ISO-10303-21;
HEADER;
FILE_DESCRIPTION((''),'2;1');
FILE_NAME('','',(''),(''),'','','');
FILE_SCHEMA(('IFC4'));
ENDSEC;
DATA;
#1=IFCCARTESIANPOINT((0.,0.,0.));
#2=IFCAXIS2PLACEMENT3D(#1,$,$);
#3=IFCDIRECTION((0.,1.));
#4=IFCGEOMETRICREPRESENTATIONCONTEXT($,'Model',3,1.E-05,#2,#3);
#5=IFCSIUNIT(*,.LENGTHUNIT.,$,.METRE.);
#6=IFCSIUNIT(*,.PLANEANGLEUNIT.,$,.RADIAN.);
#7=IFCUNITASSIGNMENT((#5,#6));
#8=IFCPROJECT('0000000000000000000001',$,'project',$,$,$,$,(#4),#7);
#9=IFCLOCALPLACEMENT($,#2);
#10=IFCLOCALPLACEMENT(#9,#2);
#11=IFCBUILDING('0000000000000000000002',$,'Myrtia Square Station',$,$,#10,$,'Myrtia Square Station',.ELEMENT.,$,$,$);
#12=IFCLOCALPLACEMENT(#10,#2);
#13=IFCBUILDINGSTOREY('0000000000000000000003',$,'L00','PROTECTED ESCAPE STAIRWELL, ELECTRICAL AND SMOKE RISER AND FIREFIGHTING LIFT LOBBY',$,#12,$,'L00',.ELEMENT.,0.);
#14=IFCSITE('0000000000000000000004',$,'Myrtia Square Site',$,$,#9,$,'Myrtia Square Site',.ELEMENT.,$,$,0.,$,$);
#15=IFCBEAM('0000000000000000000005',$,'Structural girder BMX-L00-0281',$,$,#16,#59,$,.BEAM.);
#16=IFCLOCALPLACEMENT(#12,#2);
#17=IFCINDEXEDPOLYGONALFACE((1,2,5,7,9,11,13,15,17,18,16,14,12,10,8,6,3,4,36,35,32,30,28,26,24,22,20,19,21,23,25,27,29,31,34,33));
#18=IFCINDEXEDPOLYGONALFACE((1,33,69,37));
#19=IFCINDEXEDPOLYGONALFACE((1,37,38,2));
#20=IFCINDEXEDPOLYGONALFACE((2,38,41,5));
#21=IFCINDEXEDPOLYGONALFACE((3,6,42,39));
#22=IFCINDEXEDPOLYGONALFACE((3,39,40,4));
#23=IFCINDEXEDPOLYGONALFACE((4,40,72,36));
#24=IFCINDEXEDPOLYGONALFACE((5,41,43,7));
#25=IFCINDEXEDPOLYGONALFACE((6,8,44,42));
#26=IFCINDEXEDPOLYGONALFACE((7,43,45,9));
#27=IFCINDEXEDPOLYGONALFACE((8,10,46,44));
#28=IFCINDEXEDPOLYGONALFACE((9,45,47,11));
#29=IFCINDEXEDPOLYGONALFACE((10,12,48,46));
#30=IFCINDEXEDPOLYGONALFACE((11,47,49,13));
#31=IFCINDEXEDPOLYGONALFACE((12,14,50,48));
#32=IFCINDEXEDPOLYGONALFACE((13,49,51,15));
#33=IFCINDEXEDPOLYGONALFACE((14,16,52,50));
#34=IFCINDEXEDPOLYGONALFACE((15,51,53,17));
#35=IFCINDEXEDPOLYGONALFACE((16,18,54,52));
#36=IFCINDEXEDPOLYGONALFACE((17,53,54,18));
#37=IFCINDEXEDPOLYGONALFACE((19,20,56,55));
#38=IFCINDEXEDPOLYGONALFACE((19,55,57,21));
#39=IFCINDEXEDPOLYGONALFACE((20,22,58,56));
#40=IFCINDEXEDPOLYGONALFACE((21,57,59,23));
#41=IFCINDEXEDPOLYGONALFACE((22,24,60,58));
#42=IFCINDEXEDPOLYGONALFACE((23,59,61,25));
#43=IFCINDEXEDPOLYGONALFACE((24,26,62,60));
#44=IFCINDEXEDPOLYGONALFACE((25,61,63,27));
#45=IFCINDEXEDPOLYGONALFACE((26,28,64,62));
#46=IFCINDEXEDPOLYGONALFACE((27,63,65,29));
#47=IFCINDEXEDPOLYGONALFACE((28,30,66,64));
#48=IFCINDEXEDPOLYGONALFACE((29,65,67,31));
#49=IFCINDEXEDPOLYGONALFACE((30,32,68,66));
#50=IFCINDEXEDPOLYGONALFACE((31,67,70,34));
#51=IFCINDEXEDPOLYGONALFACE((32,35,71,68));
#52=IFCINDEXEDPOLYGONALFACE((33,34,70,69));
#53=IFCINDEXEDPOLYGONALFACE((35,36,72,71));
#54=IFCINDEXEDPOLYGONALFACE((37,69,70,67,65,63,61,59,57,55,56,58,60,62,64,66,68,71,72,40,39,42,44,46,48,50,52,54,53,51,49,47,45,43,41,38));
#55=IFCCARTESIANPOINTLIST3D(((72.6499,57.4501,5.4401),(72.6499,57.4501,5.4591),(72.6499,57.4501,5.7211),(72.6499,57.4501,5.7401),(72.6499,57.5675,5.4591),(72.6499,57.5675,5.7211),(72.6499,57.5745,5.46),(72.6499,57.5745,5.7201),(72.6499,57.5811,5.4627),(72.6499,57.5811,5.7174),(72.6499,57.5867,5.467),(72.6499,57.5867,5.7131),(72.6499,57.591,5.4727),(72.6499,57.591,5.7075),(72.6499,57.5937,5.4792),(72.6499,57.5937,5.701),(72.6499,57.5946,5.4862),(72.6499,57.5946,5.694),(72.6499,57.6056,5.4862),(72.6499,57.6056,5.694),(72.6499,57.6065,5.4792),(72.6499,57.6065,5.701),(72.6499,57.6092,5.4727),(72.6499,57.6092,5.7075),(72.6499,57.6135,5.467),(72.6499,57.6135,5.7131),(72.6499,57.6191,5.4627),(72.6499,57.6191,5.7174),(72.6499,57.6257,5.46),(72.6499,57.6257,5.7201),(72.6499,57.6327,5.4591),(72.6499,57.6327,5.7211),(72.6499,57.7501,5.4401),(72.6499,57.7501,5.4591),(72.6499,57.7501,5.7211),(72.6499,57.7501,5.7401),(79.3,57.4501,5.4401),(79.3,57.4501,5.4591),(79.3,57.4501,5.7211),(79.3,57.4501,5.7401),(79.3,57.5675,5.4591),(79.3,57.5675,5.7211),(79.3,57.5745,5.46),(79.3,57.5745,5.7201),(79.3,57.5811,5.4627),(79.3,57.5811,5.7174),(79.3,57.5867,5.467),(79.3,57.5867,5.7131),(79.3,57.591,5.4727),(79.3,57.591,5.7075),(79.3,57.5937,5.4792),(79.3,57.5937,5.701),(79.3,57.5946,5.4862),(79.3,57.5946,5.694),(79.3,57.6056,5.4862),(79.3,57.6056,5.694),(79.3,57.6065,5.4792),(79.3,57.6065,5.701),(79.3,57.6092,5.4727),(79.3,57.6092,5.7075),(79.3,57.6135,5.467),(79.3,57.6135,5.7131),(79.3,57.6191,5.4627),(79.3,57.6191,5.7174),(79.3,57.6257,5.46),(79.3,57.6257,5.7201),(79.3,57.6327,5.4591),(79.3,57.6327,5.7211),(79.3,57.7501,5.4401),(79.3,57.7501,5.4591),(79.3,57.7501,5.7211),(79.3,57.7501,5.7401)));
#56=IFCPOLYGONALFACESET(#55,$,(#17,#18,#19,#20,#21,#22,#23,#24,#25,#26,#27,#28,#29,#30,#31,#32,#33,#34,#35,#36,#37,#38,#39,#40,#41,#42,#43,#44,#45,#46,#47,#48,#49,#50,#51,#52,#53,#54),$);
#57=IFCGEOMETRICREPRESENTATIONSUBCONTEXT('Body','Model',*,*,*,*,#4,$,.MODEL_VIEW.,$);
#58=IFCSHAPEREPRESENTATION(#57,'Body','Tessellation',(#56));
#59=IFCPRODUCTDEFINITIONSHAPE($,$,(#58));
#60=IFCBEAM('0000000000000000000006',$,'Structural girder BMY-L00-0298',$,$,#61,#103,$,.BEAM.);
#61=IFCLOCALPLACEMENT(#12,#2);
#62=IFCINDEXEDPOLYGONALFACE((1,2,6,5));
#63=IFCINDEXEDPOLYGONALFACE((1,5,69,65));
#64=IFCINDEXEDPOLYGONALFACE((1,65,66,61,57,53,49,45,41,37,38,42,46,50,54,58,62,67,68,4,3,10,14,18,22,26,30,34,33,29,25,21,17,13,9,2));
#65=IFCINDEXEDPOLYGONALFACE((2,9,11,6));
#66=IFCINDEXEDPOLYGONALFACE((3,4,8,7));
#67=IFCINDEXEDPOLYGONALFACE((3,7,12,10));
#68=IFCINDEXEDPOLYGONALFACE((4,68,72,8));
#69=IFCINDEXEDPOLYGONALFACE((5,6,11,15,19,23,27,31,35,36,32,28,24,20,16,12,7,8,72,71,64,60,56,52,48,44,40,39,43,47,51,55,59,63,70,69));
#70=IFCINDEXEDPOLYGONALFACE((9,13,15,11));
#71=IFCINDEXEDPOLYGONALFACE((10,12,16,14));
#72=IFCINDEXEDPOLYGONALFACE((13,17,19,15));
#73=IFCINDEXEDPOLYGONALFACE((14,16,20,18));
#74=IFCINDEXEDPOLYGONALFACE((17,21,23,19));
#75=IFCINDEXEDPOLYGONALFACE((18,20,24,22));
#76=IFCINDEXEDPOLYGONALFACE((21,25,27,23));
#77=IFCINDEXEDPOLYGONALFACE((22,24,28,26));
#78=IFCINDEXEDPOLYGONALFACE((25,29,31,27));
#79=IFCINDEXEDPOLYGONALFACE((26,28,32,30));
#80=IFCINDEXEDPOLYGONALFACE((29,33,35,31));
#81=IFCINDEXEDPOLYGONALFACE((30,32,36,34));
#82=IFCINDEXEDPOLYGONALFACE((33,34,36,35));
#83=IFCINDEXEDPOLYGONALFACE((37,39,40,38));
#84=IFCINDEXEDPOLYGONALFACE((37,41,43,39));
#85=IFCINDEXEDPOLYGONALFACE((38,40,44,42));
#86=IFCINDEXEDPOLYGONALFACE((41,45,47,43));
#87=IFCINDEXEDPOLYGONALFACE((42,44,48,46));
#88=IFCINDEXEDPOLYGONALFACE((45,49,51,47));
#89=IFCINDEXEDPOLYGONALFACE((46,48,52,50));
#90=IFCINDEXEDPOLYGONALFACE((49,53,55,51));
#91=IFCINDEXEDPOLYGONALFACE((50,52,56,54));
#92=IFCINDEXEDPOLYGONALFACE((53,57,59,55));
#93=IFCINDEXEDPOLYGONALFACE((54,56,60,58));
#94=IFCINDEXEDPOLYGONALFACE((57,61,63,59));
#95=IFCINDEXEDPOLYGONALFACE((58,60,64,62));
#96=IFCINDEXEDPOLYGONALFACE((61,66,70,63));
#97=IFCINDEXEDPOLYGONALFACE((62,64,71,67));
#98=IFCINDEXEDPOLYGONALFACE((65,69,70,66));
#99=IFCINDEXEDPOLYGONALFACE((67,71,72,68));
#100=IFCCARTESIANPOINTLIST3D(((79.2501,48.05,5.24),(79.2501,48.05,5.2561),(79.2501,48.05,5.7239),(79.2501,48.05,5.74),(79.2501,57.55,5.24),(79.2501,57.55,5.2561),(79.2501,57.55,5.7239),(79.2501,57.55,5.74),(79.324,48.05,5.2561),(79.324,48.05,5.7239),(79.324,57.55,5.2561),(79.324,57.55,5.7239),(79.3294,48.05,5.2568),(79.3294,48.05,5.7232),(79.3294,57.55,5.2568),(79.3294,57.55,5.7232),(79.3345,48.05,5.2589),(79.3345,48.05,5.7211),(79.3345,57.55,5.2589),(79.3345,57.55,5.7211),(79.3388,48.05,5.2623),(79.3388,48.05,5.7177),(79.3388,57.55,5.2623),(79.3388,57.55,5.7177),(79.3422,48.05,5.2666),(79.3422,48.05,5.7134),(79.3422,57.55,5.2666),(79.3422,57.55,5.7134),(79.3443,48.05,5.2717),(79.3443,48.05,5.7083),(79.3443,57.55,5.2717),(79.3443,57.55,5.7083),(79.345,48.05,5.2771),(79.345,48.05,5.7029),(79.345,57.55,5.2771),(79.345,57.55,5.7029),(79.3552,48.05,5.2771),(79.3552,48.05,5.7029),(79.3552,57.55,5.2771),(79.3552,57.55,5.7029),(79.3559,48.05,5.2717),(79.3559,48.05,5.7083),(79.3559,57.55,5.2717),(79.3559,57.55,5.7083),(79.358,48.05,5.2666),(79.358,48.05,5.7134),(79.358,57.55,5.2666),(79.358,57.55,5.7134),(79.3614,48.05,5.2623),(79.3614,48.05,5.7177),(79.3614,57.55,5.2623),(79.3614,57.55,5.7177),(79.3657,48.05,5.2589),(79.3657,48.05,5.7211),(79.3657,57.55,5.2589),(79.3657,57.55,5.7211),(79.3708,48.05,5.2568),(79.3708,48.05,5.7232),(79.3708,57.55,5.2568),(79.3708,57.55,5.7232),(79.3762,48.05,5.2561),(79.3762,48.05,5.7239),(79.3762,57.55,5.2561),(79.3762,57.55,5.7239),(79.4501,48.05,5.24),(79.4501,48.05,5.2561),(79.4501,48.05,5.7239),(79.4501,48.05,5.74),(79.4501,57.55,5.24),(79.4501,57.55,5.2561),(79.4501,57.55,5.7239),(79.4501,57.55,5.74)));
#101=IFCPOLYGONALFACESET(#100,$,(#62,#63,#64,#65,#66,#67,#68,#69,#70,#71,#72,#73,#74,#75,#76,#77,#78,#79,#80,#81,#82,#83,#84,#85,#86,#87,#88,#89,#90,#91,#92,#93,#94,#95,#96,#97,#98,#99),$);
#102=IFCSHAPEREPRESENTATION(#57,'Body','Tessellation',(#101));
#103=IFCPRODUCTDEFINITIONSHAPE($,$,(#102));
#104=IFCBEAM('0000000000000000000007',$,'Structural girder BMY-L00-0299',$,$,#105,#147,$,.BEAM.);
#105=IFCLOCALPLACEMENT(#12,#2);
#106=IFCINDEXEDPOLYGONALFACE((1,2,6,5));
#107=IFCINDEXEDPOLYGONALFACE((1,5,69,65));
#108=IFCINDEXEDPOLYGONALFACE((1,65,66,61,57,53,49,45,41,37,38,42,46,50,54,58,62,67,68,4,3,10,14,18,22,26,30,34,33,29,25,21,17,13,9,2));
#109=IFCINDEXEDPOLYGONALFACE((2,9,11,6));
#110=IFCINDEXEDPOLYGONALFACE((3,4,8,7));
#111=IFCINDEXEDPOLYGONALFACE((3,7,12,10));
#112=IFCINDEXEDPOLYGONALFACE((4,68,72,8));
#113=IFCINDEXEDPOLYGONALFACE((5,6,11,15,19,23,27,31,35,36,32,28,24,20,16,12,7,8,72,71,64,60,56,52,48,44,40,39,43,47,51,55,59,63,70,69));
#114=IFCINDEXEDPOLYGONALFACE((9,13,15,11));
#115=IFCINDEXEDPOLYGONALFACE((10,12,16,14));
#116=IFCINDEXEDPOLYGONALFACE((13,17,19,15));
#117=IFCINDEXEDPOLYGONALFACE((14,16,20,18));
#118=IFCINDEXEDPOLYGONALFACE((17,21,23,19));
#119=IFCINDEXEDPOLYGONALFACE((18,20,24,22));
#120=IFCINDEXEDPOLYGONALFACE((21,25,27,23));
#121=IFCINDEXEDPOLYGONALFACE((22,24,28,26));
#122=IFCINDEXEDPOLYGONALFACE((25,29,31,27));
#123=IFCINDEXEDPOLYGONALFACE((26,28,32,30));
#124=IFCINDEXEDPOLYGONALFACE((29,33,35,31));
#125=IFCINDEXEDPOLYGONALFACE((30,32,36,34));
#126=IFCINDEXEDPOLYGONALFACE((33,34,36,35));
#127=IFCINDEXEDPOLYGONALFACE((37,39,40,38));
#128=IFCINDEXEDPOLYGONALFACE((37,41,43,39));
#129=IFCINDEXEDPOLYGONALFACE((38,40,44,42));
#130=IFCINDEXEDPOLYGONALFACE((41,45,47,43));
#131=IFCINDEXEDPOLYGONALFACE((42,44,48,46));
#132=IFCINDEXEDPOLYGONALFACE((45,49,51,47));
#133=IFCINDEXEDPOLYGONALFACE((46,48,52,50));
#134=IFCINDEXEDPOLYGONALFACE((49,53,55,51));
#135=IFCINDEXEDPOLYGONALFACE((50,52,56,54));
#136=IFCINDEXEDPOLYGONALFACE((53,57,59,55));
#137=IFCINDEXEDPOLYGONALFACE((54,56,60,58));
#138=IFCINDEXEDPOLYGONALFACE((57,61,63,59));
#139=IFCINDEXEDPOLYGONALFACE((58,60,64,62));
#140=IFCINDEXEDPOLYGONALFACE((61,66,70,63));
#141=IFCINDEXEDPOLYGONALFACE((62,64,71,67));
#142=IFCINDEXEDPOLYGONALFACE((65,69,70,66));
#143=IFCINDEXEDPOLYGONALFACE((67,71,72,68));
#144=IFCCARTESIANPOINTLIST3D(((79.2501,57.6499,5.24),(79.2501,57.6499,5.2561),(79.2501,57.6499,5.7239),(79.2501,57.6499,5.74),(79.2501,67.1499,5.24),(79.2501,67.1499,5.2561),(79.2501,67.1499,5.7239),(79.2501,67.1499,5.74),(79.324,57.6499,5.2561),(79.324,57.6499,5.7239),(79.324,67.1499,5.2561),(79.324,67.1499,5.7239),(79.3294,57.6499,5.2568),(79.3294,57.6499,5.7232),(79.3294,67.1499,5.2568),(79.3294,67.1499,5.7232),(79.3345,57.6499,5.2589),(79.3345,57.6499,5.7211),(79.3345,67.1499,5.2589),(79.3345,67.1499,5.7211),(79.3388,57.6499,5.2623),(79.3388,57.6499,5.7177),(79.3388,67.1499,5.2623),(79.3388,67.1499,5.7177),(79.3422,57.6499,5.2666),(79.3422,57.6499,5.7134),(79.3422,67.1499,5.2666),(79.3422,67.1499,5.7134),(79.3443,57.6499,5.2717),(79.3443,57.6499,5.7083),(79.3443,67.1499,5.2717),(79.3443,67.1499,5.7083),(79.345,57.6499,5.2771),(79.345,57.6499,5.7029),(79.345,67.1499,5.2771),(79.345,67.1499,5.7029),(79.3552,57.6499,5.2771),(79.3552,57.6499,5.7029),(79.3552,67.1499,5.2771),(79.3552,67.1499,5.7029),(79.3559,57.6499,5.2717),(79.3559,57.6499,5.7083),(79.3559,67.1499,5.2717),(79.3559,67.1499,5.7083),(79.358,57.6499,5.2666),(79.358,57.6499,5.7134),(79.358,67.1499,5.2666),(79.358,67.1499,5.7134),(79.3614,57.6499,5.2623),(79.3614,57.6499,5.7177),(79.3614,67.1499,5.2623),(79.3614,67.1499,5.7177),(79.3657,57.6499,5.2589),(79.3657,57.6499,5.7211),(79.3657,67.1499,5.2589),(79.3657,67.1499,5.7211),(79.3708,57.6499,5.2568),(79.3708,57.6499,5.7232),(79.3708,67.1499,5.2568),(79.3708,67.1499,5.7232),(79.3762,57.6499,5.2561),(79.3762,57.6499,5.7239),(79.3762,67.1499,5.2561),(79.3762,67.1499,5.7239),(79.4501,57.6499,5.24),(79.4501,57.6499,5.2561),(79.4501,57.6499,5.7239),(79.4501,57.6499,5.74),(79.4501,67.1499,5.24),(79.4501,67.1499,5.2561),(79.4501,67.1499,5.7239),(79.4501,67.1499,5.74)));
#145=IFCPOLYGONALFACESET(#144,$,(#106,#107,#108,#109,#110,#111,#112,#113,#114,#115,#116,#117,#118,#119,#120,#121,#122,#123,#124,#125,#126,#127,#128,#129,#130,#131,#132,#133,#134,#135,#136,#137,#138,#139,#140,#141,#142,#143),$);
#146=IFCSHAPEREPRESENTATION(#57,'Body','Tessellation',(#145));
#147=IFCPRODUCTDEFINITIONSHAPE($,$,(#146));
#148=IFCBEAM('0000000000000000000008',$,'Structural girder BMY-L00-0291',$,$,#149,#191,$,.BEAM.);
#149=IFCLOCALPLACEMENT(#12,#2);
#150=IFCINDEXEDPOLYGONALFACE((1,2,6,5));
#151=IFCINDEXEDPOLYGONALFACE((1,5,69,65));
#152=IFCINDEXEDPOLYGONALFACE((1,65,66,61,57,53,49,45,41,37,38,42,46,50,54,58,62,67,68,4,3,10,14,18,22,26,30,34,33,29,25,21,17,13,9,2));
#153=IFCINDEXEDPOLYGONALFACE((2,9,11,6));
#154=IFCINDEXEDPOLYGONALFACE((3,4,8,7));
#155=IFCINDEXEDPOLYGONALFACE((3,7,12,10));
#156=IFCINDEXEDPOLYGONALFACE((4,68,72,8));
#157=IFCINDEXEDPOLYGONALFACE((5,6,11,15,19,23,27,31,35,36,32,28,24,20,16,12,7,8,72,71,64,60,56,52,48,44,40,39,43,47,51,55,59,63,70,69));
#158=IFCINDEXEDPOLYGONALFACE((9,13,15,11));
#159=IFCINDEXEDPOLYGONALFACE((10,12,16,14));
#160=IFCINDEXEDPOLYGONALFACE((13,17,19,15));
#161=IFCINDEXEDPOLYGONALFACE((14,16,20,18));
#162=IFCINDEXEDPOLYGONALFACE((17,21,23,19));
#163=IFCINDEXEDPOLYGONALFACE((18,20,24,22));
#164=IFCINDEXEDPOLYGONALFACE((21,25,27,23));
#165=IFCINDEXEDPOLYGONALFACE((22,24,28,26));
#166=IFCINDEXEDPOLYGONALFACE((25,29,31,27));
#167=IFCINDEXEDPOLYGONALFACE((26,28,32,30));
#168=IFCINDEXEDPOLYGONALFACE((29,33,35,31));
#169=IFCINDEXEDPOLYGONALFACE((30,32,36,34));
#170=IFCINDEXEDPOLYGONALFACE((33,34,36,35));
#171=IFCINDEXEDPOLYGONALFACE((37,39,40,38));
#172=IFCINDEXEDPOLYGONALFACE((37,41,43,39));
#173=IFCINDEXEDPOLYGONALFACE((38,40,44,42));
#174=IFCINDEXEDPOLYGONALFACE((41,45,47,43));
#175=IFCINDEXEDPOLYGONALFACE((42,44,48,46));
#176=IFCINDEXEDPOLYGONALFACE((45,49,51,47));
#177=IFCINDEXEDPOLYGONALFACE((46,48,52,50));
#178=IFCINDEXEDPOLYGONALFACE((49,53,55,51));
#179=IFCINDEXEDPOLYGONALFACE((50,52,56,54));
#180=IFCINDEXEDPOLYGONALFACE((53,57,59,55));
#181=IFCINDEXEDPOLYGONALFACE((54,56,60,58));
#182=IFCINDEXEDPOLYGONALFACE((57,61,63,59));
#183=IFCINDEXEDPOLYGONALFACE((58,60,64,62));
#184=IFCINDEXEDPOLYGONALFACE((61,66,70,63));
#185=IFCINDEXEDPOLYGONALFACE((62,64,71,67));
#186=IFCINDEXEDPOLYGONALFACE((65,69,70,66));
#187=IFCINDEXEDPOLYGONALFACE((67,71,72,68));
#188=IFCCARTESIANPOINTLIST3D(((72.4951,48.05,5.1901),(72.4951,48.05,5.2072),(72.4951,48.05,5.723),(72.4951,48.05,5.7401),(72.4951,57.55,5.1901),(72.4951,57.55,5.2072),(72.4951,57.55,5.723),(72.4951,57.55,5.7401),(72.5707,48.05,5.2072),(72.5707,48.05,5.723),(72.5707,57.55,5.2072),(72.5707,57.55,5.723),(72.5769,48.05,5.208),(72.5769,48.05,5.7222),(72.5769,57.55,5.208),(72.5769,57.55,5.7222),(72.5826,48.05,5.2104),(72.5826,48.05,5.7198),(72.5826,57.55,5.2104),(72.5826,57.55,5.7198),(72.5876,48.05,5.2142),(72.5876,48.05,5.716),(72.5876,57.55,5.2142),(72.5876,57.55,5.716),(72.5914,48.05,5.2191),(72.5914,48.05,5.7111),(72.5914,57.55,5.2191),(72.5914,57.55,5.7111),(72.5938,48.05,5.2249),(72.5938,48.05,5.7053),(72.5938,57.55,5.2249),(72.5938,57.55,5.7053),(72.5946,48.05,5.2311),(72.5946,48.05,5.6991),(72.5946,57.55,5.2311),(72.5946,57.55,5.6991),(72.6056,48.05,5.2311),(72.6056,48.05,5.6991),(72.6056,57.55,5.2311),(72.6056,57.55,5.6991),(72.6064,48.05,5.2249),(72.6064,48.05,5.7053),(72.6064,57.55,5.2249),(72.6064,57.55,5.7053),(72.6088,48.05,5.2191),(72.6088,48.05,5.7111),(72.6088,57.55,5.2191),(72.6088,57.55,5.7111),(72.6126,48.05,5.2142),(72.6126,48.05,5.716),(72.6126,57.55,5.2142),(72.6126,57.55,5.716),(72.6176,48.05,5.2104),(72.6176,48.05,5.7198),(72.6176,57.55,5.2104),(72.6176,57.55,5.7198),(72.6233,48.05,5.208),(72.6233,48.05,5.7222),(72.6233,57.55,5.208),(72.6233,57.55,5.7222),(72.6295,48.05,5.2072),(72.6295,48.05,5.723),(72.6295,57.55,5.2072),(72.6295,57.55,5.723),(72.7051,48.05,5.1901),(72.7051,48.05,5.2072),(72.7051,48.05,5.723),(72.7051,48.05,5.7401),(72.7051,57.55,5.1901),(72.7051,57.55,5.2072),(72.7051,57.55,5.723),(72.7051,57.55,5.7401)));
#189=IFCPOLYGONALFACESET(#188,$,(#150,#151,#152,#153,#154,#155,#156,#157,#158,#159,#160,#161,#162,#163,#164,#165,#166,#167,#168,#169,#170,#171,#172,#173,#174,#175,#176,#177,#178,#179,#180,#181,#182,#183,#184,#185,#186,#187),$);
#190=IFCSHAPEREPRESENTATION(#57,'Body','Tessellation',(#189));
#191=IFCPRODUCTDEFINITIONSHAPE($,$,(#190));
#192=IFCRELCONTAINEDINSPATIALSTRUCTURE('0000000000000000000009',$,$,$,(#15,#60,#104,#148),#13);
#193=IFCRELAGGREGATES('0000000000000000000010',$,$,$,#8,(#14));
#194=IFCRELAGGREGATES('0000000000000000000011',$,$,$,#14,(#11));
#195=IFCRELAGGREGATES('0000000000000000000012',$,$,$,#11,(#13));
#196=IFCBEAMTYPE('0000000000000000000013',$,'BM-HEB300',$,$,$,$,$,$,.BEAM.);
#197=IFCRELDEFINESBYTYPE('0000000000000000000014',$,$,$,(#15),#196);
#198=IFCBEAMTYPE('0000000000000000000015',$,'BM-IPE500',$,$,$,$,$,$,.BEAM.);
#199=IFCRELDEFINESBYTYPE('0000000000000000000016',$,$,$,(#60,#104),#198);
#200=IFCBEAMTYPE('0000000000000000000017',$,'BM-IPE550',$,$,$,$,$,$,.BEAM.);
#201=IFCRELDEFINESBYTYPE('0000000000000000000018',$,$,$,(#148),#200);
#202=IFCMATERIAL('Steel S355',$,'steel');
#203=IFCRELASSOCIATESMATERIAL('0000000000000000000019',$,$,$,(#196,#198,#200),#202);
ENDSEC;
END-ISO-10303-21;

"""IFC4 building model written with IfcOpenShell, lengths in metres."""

from ifc_helpers import new_model, si_unit, direction, frame, origin, origin_2d, place, context, subcontext, project, spatial, i_section, extrude, material, material_profile, profile_set, type_object, element, save


model = new_model("IFC4")

# Units and contexts
model_context = context("Model", 3, precision=1e-05, world=origin(), true_north=direction((0.0, 1.0)))
body_context = subcontext(model_context, "Body", "Model", "MODEL_VIEW")
ifc_project = project(units=[si_unit("LENGTHUNIT", "METRE"), si_unit("PLANEANGLEUNIT", "RADIAN")], contexts=[model_context])

# Site, building, storey
site_placement = place(None, origin())
site = spatial("IfcSite", under=ifc_project, at=site_placement, Name="Myrtia Square Site", LongName="Myrtia Square Site", CompositionType="ELEMENT", RefElevation=0.0)
building_placement = place(site_placement, origin())
building = spatial("IfcBuilding", under=site, at=building_placement, Name="Myrtia Square Station", LongName="Myrtia Square Station", CompositionType="ELEMENT")
storey_placement = place(building_placement, origin())
storey = spatial("IfcBuildingStorey", under=building, at=storey_placement, Name="L00", Description="PROTECTED ESCAPE STAIRWELL, ELECTRICAL AND SMOKE RISER AND FIREFIGHTING LIFT LOBBY", LongName="L00", CompositionType="ELEMENT", Elevation=0.0)

# Shared definitions
ifc_material_1 = material(Name="Steel S355", Category="steel")

# Beams
ifc_material_profile_1 = material_profile(ifc_material_1, i_section(OverallWidth=0.3, OverallDepth=0.3, WebThickness=0.011, FlangeThickness=0.019, FilletRadius=0.0271, at=origin_2d()), Name="HEB 300")
ifc_profile_set_1 = profile_set([ifc_material_profile_1], Name="Steel S355")
beam_type_1 = type_object("IfcBeamType", Name="BM-HEB300", PredefinedType="BEAM", material=ifc_profile_set_1)
beam_1_placement = place(storey_placement, frame((72.6499, 57.6001, 5.5901), z_axis=(1.0, 0.0, 0.0), x_axis=(0.0, 1.0, 0.0)))
element("IfcBeam", 1, at=beam_1_placement, inside=storey, type_object=beam_type_1, Name="Structural girder BMX-L00-0281", PredefinedType="BEAM", context=body_context, shape_type="SweptSolid", body=[
    extrude(i_section(OverallWidth=0.3, OverallDepth=0.3, WebThickness=0.011, FlangeThickness=0.019, FilletRadius=0.0271, at=origin_2d()), origin(), (0.0, 0.0, 1.0), 6.6501),
])
ifc_material_profile_2 = material_profile(ifc_material_1, i_section(OverallWidth=0.2, OverallDepth=0.5, WebThickness=0.0103, FlangeThickness=0.0161, FilletRadius=0.021, at=origin_2d()), Name="IPE 500")
ifc_profile_set_2 = profile_set([ifc_material_profile_2], Name="Steel S355")
beam_type_2 = type_object("IfcBeamType", Name="BM-IPE500", PredefinedType="BEAM", material=ifc_profile_set_2)
for number, where, z_axis, x_axis, name in (
    (2, (79.3501, 48.05, 5.49), (0.0, 1.0, 0.0), (-1.0, 0.0, 0.0), "Structural girder BMY-L00-0298"),
    (3, (79.3501, 57.6499, 5.49), (0.0, 1.0, 0.0), (-1.0, 0.0, 0.0), "Structural girder BMY-L00-0299"),
):
    element("IfcBeam", number, at=place(storey_placement, frame(where, z_axis=z_axis, x_axis=x_axis)), inside=storey, type_object=beam_type_2, Name=name, PredefinedType="BEAM", context=body_context, shape_type="SweptSolid", body=[
        extrude(i_section(OverallWidth=0.2, OverallDepth=0.5, WebThickness=0.0103, FlangeThickness=0.0161, FilletRadius=0.021, at=origin_2d()), origin(), (0.0, 0.0, 1.0), 9.5),
    ])
ifc_material_profile_3 = material_profile(ifc_material_1, i_section(OverallWidth=0.21, OverallDepth=0.55, WebThickness=0.011, FlangeThickness=0.0171, FilletRadius=0.0239, at=origin_2d()), Name="IPE 550")
ifc_profile_set_3 = profile_set([ifc_material_profile_3], Name="Steel S355")
beam_type_3 = type_object("IfcBeamType", Name="BM-IPE550", PredefinedType="BEAM", material=ifc_profile_set_3)
for number, where, z_axis, x_axis, name in (
    (4, (72.6001, 48.05, 5.4651), (0.0, 1.0, 0.0), (-1.0, 0.0, 0.0), "Structural girder BMY-L00-0291"),
):
    element("IfcBeam", number, at=place(storey_placement, frame(where, z_axis=z_axis, x_axis=x_axis)), inside=storey, type_object=beam_type_3, Name=name, PredefinedType="BEAM", context=body_context, shape_type="SweptSolid", body=[
        extrude(i_section(OverallWidth=0.21, OverallDepth=0.55, WebThickness=0.011, FlangeThickness=0.0171, FilletRadius=0.0239, at=origin_2d()), origin(), (0.0, 0.0, 1.0), 9.5),
    ])

save(model, "model.ifc")
